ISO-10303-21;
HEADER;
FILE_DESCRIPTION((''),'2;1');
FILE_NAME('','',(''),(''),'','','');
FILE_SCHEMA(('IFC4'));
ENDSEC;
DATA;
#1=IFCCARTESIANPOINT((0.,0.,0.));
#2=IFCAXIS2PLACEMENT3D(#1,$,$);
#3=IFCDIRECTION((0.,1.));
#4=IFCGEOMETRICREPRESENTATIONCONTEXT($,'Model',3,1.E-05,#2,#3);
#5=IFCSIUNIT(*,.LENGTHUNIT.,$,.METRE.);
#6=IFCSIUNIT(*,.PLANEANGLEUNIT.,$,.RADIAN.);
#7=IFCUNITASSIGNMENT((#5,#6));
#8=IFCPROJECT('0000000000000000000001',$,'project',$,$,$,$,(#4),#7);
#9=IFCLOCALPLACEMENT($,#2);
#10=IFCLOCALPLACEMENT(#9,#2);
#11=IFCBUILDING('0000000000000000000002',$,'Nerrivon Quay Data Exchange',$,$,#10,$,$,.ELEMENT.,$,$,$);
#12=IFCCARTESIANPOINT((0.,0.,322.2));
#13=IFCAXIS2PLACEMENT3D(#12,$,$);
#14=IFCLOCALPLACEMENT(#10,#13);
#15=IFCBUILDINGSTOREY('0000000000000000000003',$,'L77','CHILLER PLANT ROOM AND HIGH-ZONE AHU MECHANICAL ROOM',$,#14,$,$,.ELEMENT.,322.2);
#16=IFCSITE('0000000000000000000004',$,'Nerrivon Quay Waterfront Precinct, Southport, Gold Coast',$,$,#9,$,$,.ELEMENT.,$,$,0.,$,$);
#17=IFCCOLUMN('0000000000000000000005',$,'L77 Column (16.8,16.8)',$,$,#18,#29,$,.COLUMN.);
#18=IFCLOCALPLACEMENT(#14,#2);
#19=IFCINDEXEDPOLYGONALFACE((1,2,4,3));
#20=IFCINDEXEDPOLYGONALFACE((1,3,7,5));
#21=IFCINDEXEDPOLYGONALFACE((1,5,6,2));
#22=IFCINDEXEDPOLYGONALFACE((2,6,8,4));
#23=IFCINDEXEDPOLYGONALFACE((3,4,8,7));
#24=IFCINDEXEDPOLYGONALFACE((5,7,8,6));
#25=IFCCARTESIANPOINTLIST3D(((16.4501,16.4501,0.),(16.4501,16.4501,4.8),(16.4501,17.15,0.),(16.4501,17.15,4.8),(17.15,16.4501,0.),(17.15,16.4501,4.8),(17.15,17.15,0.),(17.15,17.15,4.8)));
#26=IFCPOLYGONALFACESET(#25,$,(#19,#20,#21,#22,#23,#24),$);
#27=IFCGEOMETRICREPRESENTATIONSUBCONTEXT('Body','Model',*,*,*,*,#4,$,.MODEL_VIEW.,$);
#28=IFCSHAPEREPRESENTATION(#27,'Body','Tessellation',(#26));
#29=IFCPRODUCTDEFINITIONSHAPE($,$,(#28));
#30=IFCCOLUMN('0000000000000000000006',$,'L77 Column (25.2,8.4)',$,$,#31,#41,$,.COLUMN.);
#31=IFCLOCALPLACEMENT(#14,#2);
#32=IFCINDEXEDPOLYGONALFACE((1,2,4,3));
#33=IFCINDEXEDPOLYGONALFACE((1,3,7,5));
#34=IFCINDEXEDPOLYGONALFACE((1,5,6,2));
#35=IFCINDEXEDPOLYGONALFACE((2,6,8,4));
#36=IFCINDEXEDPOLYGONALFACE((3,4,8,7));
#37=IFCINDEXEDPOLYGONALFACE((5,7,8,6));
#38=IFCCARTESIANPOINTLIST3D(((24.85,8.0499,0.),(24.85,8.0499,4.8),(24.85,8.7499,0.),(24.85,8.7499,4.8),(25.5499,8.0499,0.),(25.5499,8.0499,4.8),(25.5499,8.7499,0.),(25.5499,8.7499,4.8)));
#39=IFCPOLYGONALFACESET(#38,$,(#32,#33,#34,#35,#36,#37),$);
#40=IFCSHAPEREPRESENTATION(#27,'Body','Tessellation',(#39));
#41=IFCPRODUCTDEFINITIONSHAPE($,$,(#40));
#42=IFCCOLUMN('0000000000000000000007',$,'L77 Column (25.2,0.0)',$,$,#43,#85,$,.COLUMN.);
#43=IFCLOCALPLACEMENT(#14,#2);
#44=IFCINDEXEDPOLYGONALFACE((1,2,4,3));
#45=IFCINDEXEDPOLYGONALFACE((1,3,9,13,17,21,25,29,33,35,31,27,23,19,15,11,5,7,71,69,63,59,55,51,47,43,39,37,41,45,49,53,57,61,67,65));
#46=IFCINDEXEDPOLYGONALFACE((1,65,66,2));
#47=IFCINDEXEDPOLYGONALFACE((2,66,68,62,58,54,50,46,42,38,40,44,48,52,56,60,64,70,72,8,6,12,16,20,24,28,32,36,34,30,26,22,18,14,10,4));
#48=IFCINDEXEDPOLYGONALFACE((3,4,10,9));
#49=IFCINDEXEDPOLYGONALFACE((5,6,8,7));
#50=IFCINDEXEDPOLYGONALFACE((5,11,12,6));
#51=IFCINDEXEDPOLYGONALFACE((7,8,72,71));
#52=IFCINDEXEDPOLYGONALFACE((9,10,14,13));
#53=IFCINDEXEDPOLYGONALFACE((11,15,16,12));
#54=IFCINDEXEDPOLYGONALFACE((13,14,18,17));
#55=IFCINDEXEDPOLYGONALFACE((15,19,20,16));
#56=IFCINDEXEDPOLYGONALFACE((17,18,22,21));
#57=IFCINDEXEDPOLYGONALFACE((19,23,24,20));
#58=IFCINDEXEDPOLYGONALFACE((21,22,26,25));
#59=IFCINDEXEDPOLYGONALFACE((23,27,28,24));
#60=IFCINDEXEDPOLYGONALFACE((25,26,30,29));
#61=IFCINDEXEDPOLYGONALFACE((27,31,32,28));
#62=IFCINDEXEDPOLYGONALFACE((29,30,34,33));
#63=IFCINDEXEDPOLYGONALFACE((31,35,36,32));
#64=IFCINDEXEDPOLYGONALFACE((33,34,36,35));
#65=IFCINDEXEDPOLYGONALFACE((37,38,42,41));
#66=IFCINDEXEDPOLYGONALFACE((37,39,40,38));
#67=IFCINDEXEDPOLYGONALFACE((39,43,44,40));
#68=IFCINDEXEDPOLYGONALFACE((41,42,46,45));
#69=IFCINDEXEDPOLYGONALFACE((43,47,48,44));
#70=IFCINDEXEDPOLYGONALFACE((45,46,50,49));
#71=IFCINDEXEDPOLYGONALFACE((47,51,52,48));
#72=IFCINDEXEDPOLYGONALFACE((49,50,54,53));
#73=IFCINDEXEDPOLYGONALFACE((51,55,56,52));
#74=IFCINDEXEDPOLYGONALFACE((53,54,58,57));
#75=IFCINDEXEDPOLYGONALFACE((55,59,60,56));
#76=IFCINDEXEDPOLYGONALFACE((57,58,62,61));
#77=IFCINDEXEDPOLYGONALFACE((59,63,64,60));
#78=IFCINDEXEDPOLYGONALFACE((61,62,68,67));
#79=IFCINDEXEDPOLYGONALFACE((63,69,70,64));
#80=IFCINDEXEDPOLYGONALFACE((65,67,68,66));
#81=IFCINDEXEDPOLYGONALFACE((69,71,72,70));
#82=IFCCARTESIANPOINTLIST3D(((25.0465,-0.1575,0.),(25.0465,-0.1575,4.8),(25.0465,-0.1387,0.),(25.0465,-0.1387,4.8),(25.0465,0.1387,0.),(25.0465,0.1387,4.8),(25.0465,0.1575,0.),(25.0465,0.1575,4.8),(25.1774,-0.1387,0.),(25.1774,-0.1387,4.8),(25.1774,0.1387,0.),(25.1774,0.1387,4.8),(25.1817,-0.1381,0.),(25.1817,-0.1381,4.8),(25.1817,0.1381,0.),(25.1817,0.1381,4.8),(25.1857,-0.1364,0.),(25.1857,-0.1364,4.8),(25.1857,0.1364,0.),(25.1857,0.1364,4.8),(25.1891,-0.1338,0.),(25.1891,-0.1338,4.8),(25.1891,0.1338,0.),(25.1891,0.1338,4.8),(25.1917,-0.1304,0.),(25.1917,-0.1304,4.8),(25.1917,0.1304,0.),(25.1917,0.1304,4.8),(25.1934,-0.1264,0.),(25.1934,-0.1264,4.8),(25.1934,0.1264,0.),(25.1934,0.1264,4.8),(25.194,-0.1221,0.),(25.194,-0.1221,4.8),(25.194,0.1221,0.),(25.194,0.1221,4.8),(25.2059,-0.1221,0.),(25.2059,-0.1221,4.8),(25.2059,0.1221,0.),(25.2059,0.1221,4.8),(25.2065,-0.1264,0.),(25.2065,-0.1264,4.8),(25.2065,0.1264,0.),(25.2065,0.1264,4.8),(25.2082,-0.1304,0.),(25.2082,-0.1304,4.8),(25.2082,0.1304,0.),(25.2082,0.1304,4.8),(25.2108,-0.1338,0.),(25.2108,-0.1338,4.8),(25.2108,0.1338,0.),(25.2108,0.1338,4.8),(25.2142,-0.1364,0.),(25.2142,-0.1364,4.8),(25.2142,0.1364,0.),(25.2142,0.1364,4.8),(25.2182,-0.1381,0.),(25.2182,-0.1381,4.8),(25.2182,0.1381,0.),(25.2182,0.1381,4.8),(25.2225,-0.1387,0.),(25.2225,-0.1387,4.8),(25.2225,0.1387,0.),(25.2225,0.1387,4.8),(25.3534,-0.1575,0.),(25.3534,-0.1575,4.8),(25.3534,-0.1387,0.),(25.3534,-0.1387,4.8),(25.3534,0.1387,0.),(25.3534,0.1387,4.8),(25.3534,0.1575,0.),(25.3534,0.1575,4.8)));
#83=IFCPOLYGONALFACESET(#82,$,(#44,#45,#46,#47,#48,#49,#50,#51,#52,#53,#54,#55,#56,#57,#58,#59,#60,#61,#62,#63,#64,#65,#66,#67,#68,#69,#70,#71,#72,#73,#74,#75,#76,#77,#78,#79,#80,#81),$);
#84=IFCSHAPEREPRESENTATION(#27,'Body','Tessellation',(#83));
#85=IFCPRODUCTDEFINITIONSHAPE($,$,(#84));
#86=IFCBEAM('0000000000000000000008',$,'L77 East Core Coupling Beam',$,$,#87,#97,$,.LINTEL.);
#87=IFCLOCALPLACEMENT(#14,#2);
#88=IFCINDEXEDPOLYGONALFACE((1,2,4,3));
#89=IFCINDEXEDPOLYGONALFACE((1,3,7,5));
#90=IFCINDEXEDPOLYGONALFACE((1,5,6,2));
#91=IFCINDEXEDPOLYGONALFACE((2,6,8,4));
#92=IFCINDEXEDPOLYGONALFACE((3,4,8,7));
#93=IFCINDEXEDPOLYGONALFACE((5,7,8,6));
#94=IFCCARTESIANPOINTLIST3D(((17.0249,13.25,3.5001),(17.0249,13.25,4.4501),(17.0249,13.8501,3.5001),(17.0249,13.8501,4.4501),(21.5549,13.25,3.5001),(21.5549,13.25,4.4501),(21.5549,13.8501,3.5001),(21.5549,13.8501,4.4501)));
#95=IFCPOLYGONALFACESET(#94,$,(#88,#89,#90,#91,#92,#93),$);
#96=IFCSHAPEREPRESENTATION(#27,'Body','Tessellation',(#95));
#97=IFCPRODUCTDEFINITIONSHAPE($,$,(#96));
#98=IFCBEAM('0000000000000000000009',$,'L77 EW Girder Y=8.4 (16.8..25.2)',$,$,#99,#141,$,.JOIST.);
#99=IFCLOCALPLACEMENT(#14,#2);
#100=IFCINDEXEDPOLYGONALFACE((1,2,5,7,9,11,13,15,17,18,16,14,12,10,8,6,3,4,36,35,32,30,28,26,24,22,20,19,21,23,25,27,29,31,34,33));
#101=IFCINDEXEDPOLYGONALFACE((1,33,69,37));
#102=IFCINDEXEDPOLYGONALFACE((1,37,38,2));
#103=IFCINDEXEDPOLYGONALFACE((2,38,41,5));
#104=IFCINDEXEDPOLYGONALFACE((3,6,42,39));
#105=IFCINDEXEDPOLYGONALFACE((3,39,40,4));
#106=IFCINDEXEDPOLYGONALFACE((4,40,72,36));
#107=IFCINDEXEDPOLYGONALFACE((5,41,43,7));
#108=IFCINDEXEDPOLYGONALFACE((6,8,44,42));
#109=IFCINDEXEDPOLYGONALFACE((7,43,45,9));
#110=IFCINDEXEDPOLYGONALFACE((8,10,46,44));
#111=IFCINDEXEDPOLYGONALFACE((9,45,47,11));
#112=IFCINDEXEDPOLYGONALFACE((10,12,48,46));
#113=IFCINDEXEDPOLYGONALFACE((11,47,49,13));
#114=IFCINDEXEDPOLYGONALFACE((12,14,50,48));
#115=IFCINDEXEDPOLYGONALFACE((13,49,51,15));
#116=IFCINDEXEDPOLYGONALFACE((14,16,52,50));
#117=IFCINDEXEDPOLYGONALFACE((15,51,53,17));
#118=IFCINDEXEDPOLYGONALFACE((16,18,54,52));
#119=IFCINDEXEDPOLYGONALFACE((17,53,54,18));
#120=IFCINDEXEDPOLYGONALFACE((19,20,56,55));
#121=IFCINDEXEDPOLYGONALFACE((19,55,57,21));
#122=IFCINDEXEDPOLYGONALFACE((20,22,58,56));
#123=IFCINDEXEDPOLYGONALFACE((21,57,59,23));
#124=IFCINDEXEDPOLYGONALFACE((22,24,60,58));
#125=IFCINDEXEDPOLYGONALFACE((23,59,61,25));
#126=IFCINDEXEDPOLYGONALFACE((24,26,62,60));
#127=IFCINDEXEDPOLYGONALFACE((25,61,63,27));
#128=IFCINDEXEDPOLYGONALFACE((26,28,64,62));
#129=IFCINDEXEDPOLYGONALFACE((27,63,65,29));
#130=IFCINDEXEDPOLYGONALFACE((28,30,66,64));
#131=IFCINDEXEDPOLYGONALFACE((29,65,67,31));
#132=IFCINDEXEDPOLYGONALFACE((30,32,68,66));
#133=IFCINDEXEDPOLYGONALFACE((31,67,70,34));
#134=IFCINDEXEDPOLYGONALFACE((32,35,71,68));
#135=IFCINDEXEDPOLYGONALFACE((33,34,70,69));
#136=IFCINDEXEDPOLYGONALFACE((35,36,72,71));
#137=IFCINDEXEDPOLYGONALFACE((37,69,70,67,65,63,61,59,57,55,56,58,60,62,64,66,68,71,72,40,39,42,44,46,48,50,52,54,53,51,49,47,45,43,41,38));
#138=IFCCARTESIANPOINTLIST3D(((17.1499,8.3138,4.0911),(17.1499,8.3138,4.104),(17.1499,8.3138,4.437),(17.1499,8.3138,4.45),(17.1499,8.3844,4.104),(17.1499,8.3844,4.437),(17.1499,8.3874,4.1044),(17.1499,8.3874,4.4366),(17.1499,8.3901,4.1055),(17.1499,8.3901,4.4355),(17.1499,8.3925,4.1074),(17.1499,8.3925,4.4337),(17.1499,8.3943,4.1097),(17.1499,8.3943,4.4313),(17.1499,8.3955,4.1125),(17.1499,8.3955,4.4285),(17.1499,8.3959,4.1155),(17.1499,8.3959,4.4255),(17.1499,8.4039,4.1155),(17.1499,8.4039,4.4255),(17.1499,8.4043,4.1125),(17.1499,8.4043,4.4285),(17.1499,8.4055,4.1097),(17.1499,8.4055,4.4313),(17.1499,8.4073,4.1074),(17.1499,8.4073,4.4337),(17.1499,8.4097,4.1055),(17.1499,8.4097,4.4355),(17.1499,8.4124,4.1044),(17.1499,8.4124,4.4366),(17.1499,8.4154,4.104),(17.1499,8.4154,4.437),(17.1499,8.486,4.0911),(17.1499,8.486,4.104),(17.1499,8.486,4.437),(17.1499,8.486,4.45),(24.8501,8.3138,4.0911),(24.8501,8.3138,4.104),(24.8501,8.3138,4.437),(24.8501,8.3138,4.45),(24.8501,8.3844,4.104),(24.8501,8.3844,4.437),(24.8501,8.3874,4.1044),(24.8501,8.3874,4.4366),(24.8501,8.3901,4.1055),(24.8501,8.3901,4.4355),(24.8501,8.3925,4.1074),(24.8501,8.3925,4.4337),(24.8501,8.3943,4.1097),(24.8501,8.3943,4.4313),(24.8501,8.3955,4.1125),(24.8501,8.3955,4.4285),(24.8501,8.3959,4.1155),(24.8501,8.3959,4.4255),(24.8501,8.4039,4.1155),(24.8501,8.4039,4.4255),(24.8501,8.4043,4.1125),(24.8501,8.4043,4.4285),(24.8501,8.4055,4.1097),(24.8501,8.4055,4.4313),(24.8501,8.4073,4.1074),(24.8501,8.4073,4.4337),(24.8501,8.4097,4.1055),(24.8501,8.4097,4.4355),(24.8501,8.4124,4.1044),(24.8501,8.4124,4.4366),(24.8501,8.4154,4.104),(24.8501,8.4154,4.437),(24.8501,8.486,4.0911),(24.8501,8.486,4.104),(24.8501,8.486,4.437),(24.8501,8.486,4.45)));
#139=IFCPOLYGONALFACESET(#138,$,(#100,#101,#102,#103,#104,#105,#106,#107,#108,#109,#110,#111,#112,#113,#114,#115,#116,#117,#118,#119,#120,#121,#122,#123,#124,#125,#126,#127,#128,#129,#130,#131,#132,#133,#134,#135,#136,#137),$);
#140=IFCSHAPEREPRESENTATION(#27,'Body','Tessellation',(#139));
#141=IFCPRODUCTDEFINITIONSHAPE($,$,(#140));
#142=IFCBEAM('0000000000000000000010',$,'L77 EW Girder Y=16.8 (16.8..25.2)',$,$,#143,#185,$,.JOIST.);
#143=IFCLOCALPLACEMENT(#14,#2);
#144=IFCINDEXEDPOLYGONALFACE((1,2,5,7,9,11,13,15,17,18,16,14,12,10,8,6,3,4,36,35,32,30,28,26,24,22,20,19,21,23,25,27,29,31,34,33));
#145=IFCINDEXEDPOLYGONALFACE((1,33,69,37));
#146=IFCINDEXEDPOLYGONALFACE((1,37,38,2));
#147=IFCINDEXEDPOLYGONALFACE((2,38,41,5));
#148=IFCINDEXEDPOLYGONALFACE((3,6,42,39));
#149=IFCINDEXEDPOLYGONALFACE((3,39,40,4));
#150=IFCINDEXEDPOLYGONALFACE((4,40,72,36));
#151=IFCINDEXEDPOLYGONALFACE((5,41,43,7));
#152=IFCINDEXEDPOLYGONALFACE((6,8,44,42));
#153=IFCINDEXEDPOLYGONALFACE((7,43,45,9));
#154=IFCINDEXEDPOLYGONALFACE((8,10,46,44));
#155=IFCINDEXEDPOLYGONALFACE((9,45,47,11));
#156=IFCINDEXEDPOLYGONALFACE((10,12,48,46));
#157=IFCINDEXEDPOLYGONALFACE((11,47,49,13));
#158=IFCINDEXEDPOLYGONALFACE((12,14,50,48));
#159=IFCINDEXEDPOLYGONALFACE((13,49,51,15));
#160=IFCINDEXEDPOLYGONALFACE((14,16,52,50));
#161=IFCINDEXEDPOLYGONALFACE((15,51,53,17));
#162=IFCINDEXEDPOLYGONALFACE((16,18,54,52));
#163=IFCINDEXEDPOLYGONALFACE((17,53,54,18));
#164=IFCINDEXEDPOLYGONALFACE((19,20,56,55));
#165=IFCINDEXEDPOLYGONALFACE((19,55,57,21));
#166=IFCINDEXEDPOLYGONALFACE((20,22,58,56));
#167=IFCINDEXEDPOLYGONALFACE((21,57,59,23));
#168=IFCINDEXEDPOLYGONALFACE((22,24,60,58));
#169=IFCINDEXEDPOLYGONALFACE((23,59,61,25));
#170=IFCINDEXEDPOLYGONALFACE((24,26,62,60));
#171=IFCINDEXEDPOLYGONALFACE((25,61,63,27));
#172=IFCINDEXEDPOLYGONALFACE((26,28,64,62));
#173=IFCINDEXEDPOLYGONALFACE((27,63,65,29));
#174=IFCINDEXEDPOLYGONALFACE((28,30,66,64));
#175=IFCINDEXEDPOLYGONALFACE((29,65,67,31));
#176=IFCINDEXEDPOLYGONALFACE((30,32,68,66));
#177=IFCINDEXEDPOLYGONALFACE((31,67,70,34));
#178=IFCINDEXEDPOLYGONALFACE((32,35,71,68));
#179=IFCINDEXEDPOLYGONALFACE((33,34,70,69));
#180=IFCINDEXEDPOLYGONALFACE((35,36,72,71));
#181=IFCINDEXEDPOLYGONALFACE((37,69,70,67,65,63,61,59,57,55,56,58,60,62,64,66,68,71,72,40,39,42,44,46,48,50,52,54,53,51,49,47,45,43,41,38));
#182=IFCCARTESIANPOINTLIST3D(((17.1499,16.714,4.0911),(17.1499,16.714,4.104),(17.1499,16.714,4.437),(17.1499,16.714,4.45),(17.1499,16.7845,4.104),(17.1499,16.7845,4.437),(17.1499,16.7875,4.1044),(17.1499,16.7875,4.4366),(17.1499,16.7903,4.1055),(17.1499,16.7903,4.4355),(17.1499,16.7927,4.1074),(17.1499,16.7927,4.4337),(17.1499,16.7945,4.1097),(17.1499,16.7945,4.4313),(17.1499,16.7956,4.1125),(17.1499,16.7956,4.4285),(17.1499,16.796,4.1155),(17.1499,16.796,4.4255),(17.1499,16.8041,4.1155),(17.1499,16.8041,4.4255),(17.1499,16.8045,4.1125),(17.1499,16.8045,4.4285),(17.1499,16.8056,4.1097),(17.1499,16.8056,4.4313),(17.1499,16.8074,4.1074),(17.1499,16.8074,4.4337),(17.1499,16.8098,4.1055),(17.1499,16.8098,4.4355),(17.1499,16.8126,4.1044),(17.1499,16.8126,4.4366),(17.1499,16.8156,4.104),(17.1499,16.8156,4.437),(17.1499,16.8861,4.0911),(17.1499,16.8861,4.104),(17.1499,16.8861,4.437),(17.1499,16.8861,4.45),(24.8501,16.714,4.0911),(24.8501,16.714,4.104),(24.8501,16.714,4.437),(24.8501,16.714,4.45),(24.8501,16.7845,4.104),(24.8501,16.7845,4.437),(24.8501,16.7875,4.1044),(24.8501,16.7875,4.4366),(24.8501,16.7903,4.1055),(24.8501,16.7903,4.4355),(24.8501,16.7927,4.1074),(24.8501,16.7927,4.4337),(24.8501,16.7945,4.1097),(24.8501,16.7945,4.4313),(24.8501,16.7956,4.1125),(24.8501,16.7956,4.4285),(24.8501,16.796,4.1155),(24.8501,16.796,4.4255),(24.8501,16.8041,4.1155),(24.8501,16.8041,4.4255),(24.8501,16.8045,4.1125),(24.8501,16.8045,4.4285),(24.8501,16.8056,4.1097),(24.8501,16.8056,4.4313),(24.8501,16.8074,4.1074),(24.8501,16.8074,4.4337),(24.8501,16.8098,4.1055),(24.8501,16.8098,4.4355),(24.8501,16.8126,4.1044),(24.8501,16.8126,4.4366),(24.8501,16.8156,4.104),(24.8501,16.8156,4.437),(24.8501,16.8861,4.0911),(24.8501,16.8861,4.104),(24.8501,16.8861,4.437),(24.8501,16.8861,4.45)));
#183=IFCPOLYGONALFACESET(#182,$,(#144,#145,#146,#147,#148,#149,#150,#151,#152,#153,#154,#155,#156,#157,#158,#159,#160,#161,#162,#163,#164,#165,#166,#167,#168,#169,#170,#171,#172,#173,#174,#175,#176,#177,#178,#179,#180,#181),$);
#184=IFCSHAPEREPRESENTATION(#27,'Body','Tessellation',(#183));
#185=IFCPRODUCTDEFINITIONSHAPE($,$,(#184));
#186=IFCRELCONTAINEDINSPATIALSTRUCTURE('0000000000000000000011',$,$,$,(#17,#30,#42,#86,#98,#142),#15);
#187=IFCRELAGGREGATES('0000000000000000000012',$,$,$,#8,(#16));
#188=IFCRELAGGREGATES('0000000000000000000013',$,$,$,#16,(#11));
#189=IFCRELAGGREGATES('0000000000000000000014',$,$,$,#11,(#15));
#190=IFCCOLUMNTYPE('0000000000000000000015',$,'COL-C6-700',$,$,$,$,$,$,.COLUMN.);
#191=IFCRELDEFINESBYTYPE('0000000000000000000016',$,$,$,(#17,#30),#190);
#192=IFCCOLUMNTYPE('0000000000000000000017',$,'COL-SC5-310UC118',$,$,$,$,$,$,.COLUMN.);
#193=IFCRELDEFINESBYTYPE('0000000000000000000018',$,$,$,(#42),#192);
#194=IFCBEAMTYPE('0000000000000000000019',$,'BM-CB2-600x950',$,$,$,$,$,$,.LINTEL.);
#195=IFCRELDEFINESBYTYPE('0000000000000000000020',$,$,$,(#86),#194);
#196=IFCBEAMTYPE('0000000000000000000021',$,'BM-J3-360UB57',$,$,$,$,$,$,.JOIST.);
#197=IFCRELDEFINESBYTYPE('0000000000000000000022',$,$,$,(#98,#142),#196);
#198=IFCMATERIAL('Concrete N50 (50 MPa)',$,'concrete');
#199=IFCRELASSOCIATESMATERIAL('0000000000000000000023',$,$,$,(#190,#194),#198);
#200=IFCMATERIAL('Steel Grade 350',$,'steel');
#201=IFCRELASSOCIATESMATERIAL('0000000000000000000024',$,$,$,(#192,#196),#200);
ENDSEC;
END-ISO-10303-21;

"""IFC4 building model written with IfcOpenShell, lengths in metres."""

from ifc_helpers import new_model, si_unit, direction, frame, origin, origin_2d, place, context, subcontext, project, spatial, rectangle, i_section, extrude, material, material_profile, profile_set, type_object, element, save


model = new_model("IFC4")

# Units and contexts
model_context = context("Model", 3, precision=1e-05, world=origin(), true_north=direction((0.0, 1.0)))
body_context = subcontext(model_context, "Body", "Model", "MODEL_VIEW")
ifc_project = project(units=[si_unit("LENGTHUNIT", "METRE"), si_unit("PLANEANGLEUNIT", "RADIAN")], contexts=[model_context])

# Site, building, storey
site_placement = place(None, origin())
site = spatial("IfcSite", under=ifc_project, at=site_placement, Name="Nerrivon Quay Waterfront Precinct, Southport, Gold Coast", CompositionType="ELEMENT", RefElevation=0.0)
building_placement = place(site_placement, origin())
building = spatial("IfcBuilding", under=site, at=building_placement, Name="Nerrivon Quay Data Exchange", CompositionType="ELEMENT")
storey_placement = place(building_placement, frame((0.0, 0.0, 322.2)))
storey = spatial("IfcBuildingStorey", under=building, at=storey_placement, Name="L77", Description="CHILLER PLANT ROOM AND HIGH-ZONE AHU MECHANICAL ROOM", CompositionType="ELEMENT", Elevation=322.2)

# Columns
ifc_material_1 = material(Name="Concrete N50 (50 MPa)", Category="concrete")
ifc_material_profile_1 = material_profile(ifc_material_1, rectangle(XDim=0.7, YDim=0.7, at=origin_2d()), Name="RC-COL-700x700")
ifc_profile_set_1 = profile_set([ifc_material_profile_1], Name="Concrete N50 (50 MPa)")
column_type_1 = type_object("IfcColumnType", Name="COL-C6-700", PredefinedType="COLUMN", material=ifc_profile_set_1)
for number, where, z_axis, x_axis, name in (
    (1, (16.8, 16.8, 0.0), (0.0, 0.0, 1.0), (1.0, 0.0, 0.0), "L77 Column (16.8,16.8)"),
    (2, (25.2, 8.3999, 0.0), (0.0, 0.0, 1.0), (1.0, 0.0, 0.0), "L77 Column (25.2,8.4)"),
):
    element("IfcColumn", number, at=place(storey_placement, frame(where, z_axis=z_axis, x_axis=x_axis)), inside=storey, type_object=column_type_1, Name=name, PredefinedType="COLUMN", context=body_context, shape_type="SweptSolid", body=[
        extrude(rectangle(XDim=0.7, YDim=0.7, at=origin_2d()), origin(), (0.0, 0.0, 1.0), 4.8),
    ])
ifc_material_2 = material(Name="Steel Grade 350", Category="steel")
ifc_material_profile_2 = material_profile(ifc_material_2, i_section(OverallWidth=0.3069, OverallDepth=0.3149, WebThickness=0.012, FlangeThickness=0.0188, FilletRadius=0.0166, at=origin_2d()), Name="310UC118")
ifc_profile_set_2 = profile_set([ifc_material_profile_2], Name="Steel Grade 350")
column_type_2 = type_object("IfcColumnType", Name="COL-SC5-310UC118", PredefinedType="COLUMN", material=ifc_profile_set_2)
column_placement = place(storey_placement, frame((25.2, 0.0, 0.0), z_axis=(0.0, 0.0, 1.0), x_axis=(1.0, 0.0, 0.0)))
element("IfcColumn", 3, at=column_placement, inside=storey, type_object=column_type_2, Name="L77 Column (25.2,0.0)", PredefinedType="COLUMN", context=body_context, shape_type="SweptSolid", body=[
    extrude(i_section(OverallWidth=0.3069, OverallDepth=0.3149, WebThickness=0.012, FlangeThickness=0.0188, FilletRadius=0.0166, at=origin_2d()), origin(), (0.0, 0.0, 1.0), 4.8),
])

# Beams
ifc_material_profile_3 = material_profile(ifc_material_1, rectangle(XDim=0.6001, YDim=0.95, at=origin_2d()), Name="RC-CB-600x950")
ifc_profile_set_3 = profile_set([ifc_material_profile_3], Name="Concrete N50 (50 MPa)")
beam_type_1 = type_object("IfcBeamType", Name="BM-CB2-600x950", PredefinedType="LINTEL", material=ifc_profile_set_3)
beam_1_placement = place(storey_placement, frame((17.0249, 13.55, 3.9751), z_axis=(1.0, 0.0, 0.0), x_axis=(0.0, 1.0, 0.0)))
element("IfcBeam", 4, at=beam_1_placement, inside=storey, type_object=beam_type_1, Name="L77 East Core Coupling Beam", PredefinedType="LINTEL", context=body_context, shape_type="SweptSolid", body=[
    extrude(rectangle(XDim=0.6001, YDim=0.95, at=origin_2d()), origin(), (0.0, 0.0, 1.0), 4.53),
])
ifc_material_profile_4 = material_profile(ifc_material_2, i_section(OverallWidth=0.1721, OverallDepth=0.3589, WebThickness=0.0081, FlangeThickness=0.0129, FilletRadius=0.0115, at=origin_2d()), Name="360UB56.7")
ifc_profile_set_4 = profile_set([ifc_material_profile_4], Name="Steel Grade 350")
beam_type_2 = type_object("IfcBeamType", Name="BM-J3-360UB57", PredefinedType="JOIST", material=ifc_profile_set_4)
for number, where, z_axis, x_axis, name in (
    (5, (17.1499, 8.3999, 4.2705), (1.0, 0.0, 0.0), (0.0, 1.0, 0.0), "L77 EW Girder Y=8.4 (16.8..25.2)"),
    (6, (17.1499, 16.8, 4.2705), (1.0, 0.0, 0.0), (0.0, 1.0, 0.0), "L77 EW Girder Y=16.8 (16.8..25.2)"),
):
    element("IfcBeam", number, at=place(storey_placement, frame(where, z_axis=z_axis, x_axis=x_axis)), inside=storey, type_object=beam_type_2, Name=name, PredefinedType="JOIST", context=body_context, shape_type="SweptSolid", body=[
        extrude(i_section(OverallWidth=0.1721, OverallDepth=0.3589, WebThickness=0.0081, FlangeThickness=0.0129, FilletRadius=0.0115, at=origin_2d()), origin(), (0.0, 0.0, 1.0), 7.7002),
    ])

save(model, "model.ifc")
